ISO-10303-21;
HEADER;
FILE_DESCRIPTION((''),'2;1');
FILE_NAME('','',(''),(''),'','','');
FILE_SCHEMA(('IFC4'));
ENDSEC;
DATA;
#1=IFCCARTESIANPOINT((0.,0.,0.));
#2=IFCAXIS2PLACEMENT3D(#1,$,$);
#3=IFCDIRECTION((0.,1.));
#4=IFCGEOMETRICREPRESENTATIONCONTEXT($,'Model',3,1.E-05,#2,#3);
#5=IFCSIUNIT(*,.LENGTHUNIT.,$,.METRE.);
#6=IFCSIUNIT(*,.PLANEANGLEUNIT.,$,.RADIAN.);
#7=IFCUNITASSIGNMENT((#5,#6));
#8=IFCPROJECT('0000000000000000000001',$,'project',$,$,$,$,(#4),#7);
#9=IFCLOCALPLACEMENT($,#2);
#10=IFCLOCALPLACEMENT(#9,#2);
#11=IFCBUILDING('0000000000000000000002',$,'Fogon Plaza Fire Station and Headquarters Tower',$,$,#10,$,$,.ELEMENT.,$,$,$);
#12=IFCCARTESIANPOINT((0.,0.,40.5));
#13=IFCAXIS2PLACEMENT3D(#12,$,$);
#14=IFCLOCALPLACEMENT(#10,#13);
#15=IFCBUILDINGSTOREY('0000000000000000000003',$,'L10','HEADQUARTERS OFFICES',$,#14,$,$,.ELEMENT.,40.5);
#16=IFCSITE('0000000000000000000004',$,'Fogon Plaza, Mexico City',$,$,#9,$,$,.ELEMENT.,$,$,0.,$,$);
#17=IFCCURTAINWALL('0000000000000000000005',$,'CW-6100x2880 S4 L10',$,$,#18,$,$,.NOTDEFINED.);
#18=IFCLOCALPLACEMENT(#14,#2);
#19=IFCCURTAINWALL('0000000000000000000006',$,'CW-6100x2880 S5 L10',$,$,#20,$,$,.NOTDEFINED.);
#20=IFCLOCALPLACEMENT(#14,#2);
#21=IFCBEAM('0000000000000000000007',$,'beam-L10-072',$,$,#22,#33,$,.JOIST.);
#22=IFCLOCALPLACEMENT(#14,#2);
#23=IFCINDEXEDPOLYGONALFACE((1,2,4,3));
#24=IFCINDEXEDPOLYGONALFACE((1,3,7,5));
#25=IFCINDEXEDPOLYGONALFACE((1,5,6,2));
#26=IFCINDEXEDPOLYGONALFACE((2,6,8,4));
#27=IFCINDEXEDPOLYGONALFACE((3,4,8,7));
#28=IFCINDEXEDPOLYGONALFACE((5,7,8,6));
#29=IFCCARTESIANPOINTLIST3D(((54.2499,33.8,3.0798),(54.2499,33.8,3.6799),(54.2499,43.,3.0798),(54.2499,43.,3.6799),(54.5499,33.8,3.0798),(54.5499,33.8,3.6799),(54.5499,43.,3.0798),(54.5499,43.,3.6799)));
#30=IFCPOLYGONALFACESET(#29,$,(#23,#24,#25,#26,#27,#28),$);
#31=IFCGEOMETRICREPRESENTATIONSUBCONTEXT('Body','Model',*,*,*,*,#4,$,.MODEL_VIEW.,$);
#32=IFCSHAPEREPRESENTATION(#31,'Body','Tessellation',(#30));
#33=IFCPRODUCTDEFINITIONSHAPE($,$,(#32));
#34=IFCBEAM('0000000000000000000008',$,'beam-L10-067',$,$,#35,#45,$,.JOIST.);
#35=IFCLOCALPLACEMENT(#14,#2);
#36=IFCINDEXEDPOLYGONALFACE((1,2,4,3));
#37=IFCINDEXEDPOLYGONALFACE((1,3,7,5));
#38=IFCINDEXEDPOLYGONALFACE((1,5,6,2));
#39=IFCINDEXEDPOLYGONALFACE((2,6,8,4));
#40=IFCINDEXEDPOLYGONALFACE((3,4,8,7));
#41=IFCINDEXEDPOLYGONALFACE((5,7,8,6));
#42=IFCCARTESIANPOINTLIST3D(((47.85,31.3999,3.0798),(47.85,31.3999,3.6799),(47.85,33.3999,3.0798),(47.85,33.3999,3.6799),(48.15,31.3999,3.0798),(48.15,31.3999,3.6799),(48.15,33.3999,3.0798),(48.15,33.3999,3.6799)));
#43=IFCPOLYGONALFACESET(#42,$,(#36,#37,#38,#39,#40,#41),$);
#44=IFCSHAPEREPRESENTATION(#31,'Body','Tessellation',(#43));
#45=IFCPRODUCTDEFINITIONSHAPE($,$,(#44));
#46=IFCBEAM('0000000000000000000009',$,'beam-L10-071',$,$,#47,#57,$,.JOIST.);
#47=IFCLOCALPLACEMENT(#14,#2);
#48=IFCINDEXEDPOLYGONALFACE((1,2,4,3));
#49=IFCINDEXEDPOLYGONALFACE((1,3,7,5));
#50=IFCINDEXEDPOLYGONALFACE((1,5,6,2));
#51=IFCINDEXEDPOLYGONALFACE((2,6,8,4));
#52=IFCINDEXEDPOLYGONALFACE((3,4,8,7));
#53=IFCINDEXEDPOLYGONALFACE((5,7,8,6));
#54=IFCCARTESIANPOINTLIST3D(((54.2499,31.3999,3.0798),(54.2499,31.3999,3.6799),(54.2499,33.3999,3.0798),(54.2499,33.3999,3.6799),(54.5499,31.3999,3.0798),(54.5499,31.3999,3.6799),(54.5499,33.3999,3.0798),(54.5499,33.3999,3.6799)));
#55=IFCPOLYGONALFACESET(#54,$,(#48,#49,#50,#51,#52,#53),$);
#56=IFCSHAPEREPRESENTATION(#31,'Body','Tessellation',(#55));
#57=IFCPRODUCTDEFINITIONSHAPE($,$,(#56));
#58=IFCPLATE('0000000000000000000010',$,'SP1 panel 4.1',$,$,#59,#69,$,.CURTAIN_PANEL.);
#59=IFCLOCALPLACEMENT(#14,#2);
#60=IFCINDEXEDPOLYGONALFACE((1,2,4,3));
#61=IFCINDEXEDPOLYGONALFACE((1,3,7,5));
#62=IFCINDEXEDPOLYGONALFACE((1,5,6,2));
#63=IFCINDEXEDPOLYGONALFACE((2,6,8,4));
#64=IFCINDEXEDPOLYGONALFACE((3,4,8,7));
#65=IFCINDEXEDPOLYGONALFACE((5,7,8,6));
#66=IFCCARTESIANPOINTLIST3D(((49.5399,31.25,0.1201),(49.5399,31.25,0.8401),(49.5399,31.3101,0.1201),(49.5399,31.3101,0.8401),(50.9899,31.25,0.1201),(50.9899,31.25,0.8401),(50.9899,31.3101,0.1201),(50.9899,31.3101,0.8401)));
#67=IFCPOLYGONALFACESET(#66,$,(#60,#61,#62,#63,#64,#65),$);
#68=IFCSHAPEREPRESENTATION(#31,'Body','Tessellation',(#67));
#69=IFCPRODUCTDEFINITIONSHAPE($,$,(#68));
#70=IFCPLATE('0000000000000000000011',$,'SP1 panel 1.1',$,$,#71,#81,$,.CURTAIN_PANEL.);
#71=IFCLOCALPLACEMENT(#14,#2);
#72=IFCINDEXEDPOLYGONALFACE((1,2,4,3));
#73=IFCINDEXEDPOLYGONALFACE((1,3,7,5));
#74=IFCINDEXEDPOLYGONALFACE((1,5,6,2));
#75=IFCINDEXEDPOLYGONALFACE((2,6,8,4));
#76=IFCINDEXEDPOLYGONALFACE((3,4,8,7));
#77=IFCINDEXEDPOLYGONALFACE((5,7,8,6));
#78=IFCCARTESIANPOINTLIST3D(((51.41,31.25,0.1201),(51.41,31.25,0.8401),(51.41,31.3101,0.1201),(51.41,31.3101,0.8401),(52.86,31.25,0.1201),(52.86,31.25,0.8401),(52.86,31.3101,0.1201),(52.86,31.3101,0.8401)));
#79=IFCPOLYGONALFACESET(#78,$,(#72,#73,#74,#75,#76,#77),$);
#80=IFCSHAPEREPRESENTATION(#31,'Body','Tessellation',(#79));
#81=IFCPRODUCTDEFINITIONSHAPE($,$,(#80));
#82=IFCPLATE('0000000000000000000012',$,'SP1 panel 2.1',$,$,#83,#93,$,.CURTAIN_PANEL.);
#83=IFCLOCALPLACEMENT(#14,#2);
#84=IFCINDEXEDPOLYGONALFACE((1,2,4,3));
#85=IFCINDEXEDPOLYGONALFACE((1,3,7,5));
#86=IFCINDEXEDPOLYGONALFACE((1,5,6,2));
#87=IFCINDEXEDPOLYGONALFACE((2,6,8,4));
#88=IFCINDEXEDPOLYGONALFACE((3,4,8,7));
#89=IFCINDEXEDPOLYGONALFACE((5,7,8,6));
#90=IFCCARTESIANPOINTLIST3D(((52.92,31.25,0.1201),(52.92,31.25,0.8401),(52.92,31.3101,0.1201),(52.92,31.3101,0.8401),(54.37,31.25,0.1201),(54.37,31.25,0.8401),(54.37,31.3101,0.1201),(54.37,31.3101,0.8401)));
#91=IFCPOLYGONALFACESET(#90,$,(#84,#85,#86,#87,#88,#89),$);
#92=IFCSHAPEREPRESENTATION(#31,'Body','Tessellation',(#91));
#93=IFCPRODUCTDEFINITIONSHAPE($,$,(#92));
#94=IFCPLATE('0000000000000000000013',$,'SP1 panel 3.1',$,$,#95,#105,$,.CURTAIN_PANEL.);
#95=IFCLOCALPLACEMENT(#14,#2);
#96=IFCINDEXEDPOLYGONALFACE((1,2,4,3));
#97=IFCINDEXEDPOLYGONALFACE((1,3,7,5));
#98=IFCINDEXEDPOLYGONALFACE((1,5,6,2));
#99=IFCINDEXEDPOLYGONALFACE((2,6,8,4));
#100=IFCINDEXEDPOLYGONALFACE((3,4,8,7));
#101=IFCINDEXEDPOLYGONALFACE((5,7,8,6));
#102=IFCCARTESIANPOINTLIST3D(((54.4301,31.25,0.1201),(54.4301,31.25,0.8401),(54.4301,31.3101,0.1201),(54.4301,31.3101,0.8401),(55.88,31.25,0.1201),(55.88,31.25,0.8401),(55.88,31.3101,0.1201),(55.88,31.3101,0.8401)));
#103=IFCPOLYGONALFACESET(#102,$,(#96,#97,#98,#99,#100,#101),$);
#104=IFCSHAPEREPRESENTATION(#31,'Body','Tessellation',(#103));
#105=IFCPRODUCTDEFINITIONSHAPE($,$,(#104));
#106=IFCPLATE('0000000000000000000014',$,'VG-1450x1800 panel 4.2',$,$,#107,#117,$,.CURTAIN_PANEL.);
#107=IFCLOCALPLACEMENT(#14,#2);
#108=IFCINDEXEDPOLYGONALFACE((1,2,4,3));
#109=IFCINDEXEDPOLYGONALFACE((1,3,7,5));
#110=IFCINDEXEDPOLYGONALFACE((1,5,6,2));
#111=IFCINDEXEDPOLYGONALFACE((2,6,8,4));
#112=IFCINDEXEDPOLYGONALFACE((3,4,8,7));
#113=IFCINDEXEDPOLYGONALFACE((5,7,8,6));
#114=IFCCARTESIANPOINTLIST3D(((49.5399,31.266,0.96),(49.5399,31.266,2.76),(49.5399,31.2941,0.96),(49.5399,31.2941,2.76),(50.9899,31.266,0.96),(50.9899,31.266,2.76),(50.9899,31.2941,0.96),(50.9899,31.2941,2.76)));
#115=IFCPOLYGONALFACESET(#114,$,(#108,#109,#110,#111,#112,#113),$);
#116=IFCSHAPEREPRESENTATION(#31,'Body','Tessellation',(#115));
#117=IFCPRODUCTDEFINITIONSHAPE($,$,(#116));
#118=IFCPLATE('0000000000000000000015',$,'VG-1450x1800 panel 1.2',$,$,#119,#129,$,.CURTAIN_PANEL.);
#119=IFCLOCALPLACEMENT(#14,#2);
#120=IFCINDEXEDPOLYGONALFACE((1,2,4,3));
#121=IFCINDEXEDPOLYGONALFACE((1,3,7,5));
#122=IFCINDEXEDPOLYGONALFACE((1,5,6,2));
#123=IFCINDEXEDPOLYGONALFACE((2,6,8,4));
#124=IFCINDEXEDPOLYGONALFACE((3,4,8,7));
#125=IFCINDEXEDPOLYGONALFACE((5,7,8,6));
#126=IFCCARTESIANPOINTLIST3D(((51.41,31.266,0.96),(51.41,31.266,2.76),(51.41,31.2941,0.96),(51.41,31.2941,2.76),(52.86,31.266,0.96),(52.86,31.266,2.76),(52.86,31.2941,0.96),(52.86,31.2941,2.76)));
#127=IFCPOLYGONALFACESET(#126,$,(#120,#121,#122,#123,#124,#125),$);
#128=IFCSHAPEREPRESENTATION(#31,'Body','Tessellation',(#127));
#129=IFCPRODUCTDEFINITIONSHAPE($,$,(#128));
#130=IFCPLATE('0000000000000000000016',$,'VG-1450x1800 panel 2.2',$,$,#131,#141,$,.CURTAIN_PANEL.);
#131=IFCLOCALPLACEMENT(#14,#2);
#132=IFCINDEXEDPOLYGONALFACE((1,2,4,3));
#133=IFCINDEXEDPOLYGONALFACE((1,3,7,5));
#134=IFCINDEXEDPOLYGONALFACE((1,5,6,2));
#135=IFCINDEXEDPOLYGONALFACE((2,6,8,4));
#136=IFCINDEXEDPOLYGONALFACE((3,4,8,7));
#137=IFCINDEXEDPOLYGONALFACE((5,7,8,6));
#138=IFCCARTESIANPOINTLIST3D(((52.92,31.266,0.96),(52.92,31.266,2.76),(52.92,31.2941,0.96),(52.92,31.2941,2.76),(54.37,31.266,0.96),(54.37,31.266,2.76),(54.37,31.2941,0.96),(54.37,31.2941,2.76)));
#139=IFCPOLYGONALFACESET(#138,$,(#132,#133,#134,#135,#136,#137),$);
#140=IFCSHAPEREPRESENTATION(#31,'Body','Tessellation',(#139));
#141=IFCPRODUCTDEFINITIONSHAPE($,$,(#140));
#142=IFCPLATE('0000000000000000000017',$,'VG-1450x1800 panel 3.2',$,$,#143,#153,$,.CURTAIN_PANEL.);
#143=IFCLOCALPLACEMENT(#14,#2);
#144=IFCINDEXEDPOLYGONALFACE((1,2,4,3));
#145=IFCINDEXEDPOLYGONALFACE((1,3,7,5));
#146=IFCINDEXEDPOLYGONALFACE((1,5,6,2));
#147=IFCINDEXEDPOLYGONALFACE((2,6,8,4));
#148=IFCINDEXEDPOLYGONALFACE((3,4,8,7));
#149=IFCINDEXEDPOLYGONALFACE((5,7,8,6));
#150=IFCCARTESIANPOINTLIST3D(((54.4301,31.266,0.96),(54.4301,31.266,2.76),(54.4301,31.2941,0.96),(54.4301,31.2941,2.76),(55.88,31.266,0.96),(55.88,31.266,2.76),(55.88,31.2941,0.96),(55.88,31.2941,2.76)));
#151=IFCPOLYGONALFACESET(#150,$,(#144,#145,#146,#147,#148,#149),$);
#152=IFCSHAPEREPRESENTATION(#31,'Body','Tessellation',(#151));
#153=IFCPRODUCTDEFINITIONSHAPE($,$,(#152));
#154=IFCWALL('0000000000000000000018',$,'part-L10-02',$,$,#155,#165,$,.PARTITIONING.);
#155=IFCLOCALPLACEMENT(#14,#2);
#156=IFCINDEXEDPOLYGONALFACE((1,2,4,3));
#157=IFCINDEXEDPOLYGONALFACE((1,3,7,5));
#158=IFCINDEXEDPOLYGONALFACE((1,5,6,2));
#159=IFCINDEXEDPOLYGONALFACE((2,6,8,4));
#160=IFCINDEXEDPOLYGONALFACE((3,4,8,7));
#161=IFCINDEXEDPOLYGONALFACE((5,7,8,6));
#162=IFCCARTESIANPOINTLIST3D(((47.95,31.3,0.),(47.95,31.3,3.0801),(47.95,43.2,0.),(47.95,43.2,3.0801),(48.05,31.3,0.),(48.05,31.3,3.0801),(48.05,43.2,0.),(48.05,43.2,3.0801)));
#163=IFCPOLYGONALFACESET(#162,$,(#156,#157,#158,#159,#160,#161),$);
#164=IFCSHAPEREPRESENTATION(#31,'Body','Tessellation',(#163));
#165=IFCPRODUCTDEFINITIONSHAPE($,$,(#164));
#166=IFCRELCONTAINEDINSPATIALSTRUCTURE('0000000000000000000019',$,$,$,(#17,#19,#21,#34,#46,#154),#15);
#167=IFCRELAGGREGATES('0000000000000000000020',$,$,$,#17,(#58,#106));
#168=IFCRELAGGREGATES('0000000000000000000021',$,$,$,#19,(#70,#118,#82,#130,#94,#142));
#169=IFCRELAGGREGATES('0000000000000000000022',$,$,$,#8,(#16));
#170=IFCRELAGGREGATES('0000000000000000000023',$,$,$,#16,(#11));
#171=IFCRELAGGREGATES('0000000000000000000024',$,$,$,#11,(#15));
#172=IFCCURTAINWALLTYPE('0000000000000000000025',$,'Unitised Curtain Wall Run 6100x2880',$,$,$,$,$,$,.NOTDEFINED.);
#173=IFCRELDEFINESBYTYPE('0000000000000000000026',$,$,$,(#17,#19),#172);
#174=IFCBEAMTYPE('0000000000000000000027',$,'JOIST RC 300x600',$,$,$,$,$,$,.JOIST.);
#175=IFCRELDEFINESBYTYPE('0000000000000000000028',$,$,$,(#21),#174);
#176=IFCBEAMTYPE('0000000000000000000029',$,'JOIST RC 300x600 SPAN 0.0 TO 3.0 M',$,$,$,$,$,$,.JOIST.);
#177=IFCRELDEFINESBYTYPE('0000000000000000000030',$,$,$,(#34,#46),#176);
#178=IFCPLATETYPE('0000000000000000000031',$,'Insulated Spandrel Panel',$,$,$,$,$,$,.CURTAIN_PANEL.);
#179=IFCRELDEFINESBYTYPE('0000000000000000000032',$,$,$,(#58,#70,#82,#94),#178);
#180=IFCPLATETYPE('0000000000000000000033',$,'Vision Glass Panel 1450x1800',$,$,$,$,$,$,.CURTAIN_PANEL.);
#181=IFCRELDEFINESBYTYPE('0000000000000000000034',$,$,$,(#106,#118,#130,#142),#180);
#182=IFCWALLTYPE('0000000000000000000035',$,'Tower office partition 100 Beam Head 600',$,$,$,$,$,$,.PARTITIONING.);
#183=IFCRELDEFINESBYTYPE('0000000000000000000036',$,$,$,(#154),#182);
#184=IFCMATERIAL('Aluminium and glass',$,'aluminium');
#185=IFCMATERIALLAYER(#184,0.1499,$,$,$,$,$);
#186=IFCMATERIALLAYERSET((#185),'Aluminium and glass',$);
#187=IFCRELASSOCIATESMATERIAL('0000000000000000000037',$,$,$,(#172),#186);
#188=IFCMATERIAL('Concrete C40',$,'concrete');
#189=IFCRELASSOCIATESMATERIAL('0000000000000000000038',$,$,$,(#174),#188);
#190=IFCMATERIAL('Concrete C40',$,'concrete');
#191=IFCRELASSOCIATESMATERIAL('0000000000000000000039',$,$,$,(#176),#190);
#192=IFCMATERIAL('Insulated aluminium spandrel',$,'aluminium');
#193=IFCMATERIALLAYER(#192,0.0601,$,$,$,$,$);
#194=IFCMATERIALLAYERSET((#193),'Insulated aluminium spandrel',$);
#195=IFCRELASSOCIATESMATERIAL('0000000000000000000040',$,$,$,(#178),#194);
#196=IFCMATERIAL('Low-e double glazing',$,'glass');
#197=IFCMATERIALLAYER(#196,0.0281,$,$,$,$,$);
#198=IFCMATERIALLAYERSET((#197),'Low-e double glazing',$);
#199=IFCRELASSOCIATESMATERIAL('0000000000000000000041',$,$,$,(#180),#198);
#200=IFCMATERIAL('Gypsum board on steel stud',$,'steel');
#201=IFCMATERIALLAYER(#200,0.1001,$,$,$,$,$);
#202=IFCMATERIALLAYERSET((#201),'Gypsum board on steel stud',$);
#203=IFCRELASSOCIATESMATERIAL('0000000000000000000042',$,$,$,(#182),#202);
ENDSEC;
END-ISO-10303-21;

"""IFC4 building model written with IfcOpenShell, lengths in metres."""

from ifc_helpers import new_model, si_unit, direction, frame, frame_2d, origin, origin_2d, place, context, subcontext, project, spatial, rectangle, extrude, material, layer, layer_set, material_profile, profile_set, type_object, element, aggregate, save


model = new_model("IFC4")

# Units and contexts
model_context = context("Model", 3, precision=1e-05, world=origin(), true_north=direction((0.0, 1.0)))
body_context = subcontext(model_context, "Body", "Model", "MODEL_VIEW")
ifc_project = project(units=[si_unit("LENGTHUNIT", "METRE"), si_unit("PLANEANGLEUNIT", "RADIAN")], contexts=[model_context])

# Site, building, storey
site_placement = place(None, origin())
site = spatial("IfcSite", under=ifc_project, at=site_placement, Name="Fogon Plaza, Mexico City", CompositionType="ELEMENT", RefElevation=0.0)
building_placement = place(site_placement, origin())
building = spatial("IfcBuilding", under=site, at=building_placement, Name="Fogon Plaza Fire Station and Headquarters Tower", CompositionType="ELEMENT")
storey_placement = place(building_placement, frame((0.0, 0.0, 40.5)))
storey = spatial("IfcBuildingStorey", under=building, at=storey_placement, Name="L10", Description="HEADQUARTERS OFFICES", CompositionType="ELEMENT", Elevation=40.5)

# Curtain wall
ifc_material_1 = material(Name="Aluminium and glass", Category="aluminium")
ifc_layer_1 = layer(ifc_material_1, 0.1499)
ifc_layer_set_1 = layer_set([ifc_layer_1], Name="Aluminium and glass")
curtain_wall_type = type_object("IfcCurtainWallType", Name="Unitised Curtain Wall Run 6100x2880", PredefinedType="NOTDEFINED", material=ifc_layer_set_1)
curtain_wall_1_placement = place(storey_placement, origin())
curtain_wall_1 = element("IfcCurtainWall", 1, at=curtain_wall_1_placement, inside=storey, type_object=curtain_wall_type, Name="CW-6100x2880 S4 L10", PredefinedType="NOTDEFINED")

# Curtain wall
curtain_wall_2_placement = place(storey_placement, origin())
curtain_wall_2 = element("IfcCurtainWall", 2, at=curtain_wall_2_placement, inside=storey, type_object=curtain_wall_type, Name="CW-6100x2880 S5 L10", PredefinedType="NOTDEFINED")

# Beams
ifc_material_2 = material(Name="Concrete C40", Category="concrete")
ifc_material_profile_1 = material_profile(ifc_material_2, rectangle(XDim=0.3, YDim=0.6001, at=origin_2d()), Name="RC 300x600")
ifc_profile_set_1 = profile_set([ifc_material_profile_1], Name="Concrete C40")
beam_type_1 = type_object("IfcBeamType", Name="JOIST RC 300x600", PredefinedType="JOIST", material=ifc_profile_set_1)
for number, where, z_axis, x_axis, name in (
    (3, (54.3999, 33.8, 3.3799), (0.0, 1.0, 0.0), (-1.0, 0.0, 0.0), "beam-L10-072"),
):
    element("IfcBeam", number, at=place(storey_placement, frame(where, z_axis=z_axis, x_axis=x_axis)), inside=storey, type_object=beam_type_1, Name=name, PredefinedType="JOIST", context=body_context, shape_type="SweptSolid", body=[
        extrude(rectangle(XDim=0.3, YDim=0.6001, at=origin_2d()), origin(), (0.0, 0.0, 1.0), 9.2),
    ])
ifc_material_3 = material(Name="Concrete C40", Category="concrete")
ifc_material_profile_2 = material_profile(ifc_material_3, rectangle(XDim=0.3, YDim=0.6001, at=origin_2d()), Name="RC 300x600")
ifc_profile_set_2 = profile_set([ifc_material_profile_2], Name="Concrete C40")
beam_type_2 = type_object("IfcBeamType", Name="JOIST RC 300x600 SPAN 0.0 TO 3.0 M", PredefinedType="JOIST", material=ifc_profile_set_2)
for number, where, z_axis, x_axis, name in (
    (4, (48.0, 31.3999, 3.3799), (0.0, 1.0, 0.0), (-1.0, 0.0, 0.0), "beam-L10-067"),
    (5, (54.3999, 31.3999, 3.3799), (0.0, 1.0, 0.0), (-1.0, 0.0, 0.0), "beam-L10-071"),
):
    element("IfcBeam", number, at=place(storey_placement, frame(where, z_axis=z_axis, x_axis=x_axis)), inside=storey, type_object=beam_type_2, Name=name, PredefinedType="JOIST", context=body_context, shape_type="SweptSolid", body=[
        extrude(rectangle(XDim=0.3, YDim=0.6001, at=origin_2d()), origin(), (0.0, 0.0, 1.0), 2.0),
    ])

# Plates
ifc_material_4 = material(Name="Insulated aluminium spandrel", Category="aluminium")
ifc_layer_2 = layer(ifc_material_4, 0.0601)
ifc_layer_set_2 = layer_set([ifc_layer_2], Name="Insulated aluminium spandrel")
plate_type_1 = type_object("IfcPlateType", Name="Insulated Spandrel Panel", PredefinedType="CURTAIN_PANEL", material=ifc_layer_set_2)
plate_1_placement = place(storey_placement, frame((50.2649, 31.28, 0.1201), z_axis=(0.0, 0.0, 1.0), x_axis=(1.0, 0.0, 0.0)))
plate_1 = element("IfcPlate", 6, at=plate_1_placement, type_object=plate_type_1, Name="SP1 panel 4.1", PredefinedType="CURTAIN_PANEL", context=body_context, shape_type="SweptSolid", body=[
    extrude(rectangle(XDim=1.45, YDim=0.0601, at=origin_2d()), origin(), (0.0, 0.0, 1.0), 0.72),
])
plate_2_placement = place(storey_placement, frame((52.135, 31.28, 0.1201), z_axis=(0.0, 0.0, 1.0), x_axis=(1.0, 0.0, 0.0)))
plate_2 = element("IfcPlate", 7, at=plate_2_placement, type_object=plate_type_1, Name="SP1 panel 1.1", PredefinedType="CURTAIN_PANEL", context=body_context, shape_type="SweptSolid", body=[
    extrude(rectangle(XDim=1.45, YDim=0.0601, at=origin_2d()), origin(), (0.0, 0.0, 1.0), 0.72),
])
plate_3_placement = place(storey_placement, frame((53.645, 31.28, 0.1201), z_axis=(0.0, 0.0, 1.0), x_axis=(1.0, 0.0, 0.0)))
plate_3 = element("IfcPlate", 8, at=plate_3_placement, type_object=plate_type_1, Name="SP1 panel 2.1", PredefinedType="CURTAIN_PANEL", context=body_context, shape_type="SweptSolid", body=[
    extrude(rectangle(XDim=1.45, YDim=0.0601, at=origin_2d()), origin(), (0.0, 0.0, 1.0), 0.72),
])
plate_4_placement = place(storey_placement, frame((55.155, 31.28, 0.1201), z_axis=(0.0, 0.0, 1.0), x_axis=(1.0, 0.0, 0.0)))
plate_4 = element("IfcPlate", 9, at=plate_4_placement, type_object=plate_type_1, Name="SP1 panel 3.1", PredefinedType="CURTAIN_PANEL", context=body_context, shape_type="SweptSolid", body=[
    extrude(rectangle(XDim=1.45, YDim=0.0601, at=origin_2d()), origin(), (0.0, 0.0, 1.0), 0.72),
])
ifc_material_5 = material(Name="Low-e double glazing", Category="glass")
ifc_layer_3 = layer(ifc_material_5, 0.0281)
ifc_layer_set_3 = layer_set([ifc_layer_3], Name="Low-e double glazing")
plate_type_2 = type_object("IfcPlateType", Name="Vision Glass Panel 1450x1800", PredefinedType="CURTAIN_PANEL", material=ifc_layer_set_3)
plate_5_placement = place(storey_placement, frame((50.2649, 31.28, 0.96), z_axis=(0.0, 0.0, 1.0), x_axis=(1.0, 0.0, 0.0)))
plate_5 = element("IfcPlate", 10, at=plate_5_placement, type_object=plate_type_2, Name="VG-1450x1800 panel 4.2", PredefinedType="CURTAIN_PANEL", context=body_context, shape_type="SweptSolid", body=[
    extrude(rectangle(XDim=1.45, YDim=0.0281, at=origin_2d()), origin(), (0.0, 0.0, 1.0), 1.8),
])
aggregate(curtain_wall_1, [plate_1, plate_5])
plate_6_placement = place(storey_placement, frame((52.135, 31.28, 0.96), z_axis=(0.0, 0.0, 1.0), x_axis=(1.0, 0.0, 0.0)))
plate_6 = element("IfcPlate", 11, at=plate_6_placement, type_object=plate_type_2, Name="VG-1450x1800 panel 1.2", PredefinedType="CURTAIN_PANEL", context=body_context, shape_type="SweptSolid", body=[
    extrude(rectangle(XDim=1.45, YDim=0.0281, at=origin_2d()), origin(), (0.0, 0.0, 1.0), 1.8),
])
plate_7_placement = place(storey_placement, frame((53.645, 31.28, 0.96), z_axis=(0.0, 0.0, 1.0), x_axis=(1.0, 0.0, 0.0)))
plate_7 = element("IfcPlate", 12, at=plate_7_placement, type_object=plate_type_2, Name="VG-1450x1800 panel 2.2", PredefinedType="CURTAIN_PANEL", context=body_context, shape_type="SweptSolid", body=[
    extrude(rectangle(XDim=1.45, YDim=0.0281, at=origin_2d()), origin(), (0.0, 0.0, 1.0), 1.8),
])
plate_8_placement = place(storey_placement, frame((55.155, 31.28, 0.96), z_axis=(0.0, 0.0, 1.0), x_axis=(1.0, 0.0, 0.0)))
plate_8 = element("IfcPlate", 13, at=plate_8_placement, type_object=plate_type_2, Name="VG-1450x1800 panel 3.2", PredefinedType="CURTAIN_PANEL", context=body_context, shape_type="SweptSolid", body=[
    extrude(rectangle(XDim=1.45, YDim=0.0281, at=origin_2d()), origin(), (0.0, 0.0, 1.0), 1.8),
])
aggregate(curtain_wall_2, [plate_2, plate_6, plate_3, plate_7, plate_4, plate_8])

# Wall
ifc_material_6 = material(Name="Gypsum board on steel stud", Category="steel")
ifc_layer_4 = layer(ifc_material_6, 0.1001)
ifc_layer_set_4 = layer_set([ifc_layer_4], Name="Gypsum board on steel stud")
wall_type = type_object("IfcWallType", Name="Tower office partition 100 Beam Head 600", PredefinedType="PARTITIONING", material=ifc_layer_set_4)
wall_placement = place(storey_placement, frame((48.0, 31.3, 0.0), z_axis=(0.0, 0.0, 1.0), x_axis=(0.0, 1.0, 0.0)))
element("IfcWall", 14, at=wall_placement, inside=storey, type_object=wall_type, Name="part-L10-02", PredefinedType="PARTITIONING", context=body_context, shape_type="SweptSolid", body=[
    extrude(rectangle(XDim=11.8999, YDim=0.1001, at=frame_2d((5.95, 0.0))), origin(), (0.0, 0.0, 1.0), 3.0801),
])

save(model, "model.ifc")
